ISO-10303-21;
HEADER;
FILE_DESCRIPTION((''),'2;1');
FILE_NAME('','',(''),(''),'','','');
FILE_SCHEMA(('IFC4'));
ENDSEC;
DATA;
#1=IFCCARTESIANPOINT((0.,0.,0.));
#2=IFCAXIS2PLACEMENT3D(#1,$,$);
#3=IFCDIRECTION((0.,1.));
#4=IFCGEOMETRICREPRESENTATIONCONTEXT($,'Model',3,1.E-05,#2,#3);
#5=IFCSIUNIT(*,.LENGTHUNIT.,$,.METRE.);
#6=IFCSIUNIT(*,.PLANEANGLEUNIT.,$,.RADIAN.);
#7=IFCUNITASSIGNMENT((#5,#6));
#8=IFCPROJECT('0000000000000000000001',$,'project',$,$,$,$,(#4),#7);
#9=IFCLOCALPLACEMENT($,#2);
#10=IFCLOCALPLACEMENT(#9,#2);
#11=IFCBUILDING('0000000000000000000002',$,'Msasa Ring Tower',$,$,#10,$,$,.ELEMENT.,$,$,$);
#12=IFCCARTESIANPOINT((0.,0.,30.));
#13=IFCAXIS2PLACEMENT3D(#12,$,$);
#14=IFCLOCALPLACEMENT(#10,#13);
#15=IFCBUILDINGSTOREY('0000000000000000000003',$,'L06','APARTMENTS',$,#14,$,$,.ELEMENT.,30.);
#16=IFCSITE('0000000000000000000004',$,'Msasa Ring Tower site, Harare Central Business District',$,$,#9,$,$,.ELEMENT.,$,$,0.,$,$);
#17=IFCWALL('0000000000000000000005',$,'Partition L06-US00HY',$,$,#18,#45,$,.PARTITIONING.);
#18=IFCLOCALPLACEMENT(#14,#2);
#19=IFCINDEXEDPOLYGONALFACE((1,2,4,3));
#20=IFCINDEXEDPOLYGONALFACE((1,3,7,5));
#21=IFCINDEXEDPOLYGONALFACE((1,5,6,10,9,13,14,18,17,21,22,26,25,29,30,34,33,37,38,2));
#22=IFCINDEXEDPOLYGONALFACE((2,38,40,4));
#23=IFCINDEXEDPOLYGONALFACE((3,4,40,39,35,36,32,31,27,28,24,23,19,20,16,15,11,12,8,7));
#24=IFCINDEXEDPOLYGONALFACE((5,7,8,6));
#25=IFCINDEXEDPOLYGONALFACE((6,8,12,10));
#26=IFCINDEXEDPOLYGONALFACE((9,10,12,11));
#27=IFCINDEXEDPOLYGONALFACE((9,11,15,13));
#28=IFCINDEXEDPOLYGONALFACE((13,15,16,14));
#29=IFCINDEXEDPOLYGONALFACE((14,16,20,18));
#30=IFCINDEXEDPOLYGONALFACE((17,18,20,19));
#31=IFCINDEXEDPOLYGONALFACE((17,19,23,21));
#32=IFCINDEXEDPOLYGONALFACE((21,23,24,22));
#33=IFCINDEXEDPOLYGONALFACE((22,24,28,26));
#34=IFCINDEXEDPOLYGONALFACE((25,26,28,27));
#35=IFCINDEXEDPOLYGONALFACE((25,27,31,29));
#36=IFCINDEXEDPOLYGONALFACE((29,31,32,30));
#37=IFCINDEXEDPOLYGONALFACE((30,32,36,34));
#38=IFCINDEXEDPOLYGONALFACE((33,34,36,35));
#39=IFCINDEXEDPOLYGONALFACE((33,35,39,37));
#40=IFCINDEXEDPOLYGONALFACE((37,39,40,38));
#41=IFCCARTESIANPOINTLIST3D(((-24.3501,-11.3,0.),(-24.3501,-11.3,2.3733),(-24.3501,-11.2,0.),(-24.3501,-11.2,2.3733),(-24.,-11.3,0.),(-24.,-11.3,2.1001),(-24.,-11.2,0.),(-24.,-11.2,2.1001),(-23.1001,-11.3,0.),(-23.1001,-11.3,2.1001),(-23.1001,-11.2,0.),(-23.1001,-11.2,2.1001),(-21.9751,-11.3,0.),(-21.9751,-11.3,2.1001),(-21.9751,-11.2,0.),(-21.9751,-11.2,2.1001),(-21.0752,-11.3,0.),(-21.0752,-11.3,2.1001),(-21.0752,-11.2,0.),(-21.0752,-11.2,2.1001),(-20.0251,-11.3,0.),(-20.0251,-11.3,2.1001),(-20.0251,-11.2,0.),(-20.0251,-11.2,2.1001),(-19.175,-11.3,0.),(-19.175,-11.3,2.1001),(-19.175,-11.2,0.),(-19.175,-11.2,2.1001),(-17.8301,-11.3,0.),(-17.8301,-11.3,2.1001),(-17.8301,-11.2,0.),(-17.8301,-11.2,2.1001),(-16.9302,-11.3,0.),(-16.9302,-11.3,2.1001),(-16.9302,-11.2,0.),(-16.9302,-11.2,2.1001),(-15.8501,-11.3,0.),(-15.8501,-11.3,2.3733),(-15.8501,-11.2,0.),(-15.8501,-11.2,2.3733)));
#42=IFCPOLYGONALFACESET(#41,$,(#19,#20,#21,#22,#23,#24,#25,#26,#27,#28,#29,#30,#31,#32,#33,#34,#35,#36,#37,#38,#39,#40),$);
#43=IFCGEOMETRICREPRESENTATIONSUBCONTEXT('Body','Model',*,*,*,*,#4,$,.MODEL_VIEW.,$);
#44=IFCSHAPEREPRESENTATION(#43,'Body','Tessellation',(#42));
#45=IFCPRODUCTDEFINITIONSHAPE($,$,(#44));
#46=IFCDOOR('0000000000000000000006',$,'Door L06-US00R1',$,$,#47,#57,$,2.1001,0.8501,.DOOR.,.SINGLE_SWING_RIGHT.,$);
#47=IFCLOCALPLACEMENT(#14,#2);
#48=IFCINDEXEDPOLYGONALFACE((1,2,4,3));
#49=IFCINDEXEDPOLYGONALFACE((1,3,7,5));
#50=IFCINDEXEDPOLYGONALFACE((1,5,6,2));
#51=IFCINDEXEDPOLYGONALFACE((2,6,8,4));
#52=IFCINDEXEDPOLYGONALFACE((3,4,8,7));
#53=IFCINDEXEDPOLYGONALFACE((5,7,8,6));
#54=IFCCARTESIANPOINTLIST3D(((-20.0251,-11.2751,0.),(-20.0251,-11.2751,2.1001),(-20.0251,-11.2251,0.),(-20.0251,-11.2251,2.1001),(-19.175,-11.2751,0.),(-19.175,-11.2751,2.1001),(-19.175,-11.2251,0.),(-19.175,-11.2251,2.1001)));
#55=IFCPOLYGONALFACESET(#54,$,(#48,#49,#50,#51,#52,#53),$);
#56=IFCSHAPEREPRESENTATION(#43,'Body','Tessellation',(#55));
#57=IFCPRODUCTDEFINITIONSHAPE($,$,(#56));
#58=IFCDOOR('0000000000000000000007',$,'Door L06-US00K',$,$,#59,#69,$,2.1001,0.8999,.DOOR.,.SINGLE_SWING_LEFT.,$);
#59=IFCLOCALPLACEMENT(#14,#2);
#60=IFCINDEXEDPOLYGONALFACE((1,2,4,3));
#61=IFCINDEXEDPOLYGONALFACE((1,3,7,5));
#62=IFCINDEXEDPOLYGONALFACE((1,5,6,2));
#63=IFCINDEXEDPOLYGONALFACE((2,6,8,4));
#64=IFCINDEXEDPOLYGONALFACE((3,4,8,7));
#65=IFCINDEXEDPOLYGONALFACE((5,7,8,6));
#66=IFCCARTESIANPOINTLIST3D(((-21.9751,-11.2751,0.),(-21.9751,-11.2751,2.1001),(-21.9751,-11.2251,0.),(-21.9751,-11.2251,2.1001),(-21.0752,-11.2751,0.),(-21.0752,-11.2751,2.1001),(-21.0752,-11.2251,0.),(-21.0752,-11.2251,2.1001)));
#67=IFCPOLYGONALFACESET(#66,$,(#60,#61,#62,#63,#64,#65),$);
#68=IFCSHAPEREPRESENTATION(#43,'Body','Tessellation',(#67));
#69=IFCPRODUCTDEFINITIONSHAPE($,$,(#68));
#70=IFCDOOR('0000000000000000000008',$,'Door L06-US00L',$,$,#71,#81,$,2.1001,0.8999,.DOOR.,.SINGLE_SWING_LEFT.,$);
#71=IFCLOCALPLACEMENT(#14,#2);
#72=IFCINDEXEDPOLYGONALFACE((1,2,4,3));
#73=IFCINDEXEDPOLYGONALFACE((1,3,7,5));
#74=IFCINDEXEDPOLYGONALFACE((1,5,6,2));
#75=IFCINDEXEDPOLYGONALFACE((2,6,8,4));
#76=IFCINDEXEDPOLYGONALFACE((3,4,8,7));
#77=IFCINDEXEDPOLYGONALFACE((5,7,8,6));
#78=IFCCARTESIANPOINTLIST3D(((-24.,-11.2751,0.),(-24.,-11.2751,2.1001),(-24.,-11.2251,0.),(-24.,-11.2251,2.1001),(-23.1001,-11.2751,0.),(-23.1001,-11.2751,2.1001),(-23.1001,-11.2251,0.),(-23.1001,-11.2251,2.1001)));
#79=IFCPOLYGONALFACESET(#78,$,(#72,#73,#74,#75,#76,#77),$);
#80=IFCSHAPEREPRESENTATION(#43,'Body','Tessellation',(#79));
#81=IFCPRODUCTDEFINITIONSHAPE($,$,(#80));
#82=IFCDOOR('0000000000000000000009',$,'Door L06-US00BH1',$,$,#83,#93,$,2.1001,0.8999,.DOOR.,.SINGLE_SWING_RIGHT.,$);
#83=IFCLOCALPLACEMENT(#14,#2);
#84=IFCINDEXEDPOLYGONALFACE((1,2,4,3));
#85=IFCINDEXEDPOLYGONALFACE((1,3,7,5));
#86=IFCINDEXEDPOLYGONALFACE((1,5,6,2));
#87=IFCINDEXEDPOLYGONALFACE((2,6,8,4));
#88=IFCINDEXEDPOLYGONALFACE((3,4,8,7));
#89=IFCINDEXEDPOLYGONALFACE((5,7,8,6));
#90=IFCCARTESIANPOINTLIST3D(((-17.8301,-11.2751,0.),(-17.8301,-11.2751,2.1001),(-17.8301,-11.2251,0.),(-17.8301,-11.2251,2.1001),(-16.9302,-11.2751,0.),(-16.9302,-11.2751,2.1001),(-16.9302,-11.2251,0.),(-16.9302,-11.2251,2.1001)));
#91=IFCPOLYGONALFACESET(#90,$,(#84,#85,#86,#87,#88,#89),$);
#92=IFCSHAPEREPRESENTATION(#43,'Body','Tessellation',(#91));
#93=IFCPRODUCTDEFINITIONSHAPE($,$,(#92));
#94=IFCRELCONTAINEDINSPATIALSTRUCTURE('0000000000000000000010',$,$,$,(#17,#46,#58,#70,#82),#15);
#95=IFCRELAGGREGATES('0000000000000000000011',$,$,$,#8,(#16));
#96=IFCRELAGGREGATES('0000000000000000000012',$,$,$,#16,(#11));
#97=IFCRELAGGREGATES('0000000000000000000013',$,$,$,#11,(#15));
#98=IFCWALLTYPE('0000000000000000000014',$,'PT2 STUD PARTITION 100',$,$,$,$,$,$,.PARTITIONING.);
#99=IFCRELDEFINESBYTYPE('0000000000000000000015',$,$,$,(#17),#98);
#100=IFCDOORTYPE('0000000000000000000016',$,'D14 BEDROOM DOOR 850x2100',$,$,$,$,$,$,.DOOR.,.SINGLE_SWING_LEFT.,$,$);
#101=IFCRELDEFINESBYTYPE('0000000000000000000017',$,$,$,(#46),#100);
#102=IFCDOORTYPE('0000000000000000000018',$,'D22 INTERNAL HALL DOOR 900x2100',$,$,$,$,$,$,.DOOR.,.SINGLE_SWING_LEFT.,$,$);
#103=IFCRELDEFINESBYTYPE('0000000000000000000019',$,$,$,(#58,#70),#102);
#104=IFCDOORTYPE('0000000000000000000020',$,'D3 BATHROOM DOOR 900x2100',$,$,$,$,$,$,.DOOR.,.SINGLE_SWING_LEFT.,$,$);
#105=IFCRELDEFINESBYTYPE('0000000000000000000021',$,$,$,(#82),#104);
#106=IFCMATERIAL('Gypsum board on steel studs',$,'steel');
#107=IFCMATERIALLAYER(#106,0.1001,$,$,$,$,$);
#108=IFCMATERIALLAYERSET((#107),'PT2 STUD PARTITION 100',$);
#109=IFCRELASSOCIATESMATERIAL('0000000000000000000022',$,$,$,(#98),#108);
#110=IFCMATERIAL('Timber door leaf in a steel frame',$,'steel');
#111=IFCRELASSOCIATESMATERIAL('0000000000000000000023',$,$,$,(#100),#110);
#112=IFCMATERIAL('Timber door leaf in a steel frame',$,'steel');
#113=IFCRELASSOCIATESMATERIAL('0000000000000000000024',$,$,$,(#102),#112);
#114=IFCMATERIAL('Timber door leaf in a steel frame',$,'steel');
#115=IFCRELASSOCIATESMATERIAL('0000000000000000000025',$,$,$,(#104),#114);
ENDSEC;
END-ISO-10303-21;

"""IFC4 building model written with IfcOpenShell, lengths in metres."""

from ifc_helpers import new_model, si_unit, direction, frame, frame_2d, origin, place, context, subcontext, project, spatial, rectangle, extrude, material, layer, layer_set, type_object, element, fill, save


model = new_model("IFC4")

# Units and contexts
model_context = context("Model", 3, precision=1e-05, world=origin(), true_north=direction((0.0, 1.0)))
body_context = subcontext(model_context, "Body", "Model", "MODEL_VIEW")
ifc_project = project(units=[si_unit("LENGTHUNIT", "METRE"), si_unit("PLANEANGLEUNIT", "RADIAN")], contexts=[model_context])

# Site, building, storey
site_placement = place(None, origin())
site = spatial("IfcSite", under=ifc_project, at=site_placement, Name="Msasa Ring Tower site, Harare Central Business District", CompositionType="ELEMENT", RefElevation=0.0)
building_placement = place(site_placement, origin())
building = spatial("IfcBuilding", under=site, at=building_placement, Name="Msasa Ring Tower", CompositionType="ELEMENT")
storey_placement = place(building_placement, frame((0.0, 0.0, 30.0)))
storey = spatial("IfcBuildingStorey", under=building, at=storey_placement, Name="L06", Description="APARTMENTS", CompositionType="ELEMENT", Elevation=30.0)

# Wall, openings, doors
ifc_material_1 = material(Name="Gypsum board on steel studs", Category="steel")
ifc_layer_1 = layer(ifc_material_1, 0.1001)
ifc_layer_set_1 = layer_set([ifc_layer_1], Name="PT2 STUD PARTITION 100")
wall_type_1 = type_object("IfcWallType", Name="PT2 STUD PARTITION 100", PredefinedType="PARTITIONING", material=ifc_layer_set_1)
wall_1_placement = place(storey_placement, frame((-24.3501, -11.25, 0.0), z_axis=(0.0, 0.0, 1.0), x_axis=(1.0, 0.0, 0.0)))
wall_1 = element("IfcWall", 1, at=wall_1_placement, inside=storey, type_object=wall_type_1, Name="Partition L06-US00HY", PredefinedType="PARTITIONING", context=body_context, shape_type="SweptSolid", body=[
    extrude(rectangle(XDim=8.5, YDim=0.1001, at=frame_2d((4.25, 0.0))), origin(), (0.0, 0.0, 1.0), 2.3733),
])
opening_1_placement = place(wall_1_placement, frame((2.375, 0.0, 0.0)))
opening_1 = element("IfcOpeningElement", 2, at=opening_1_placement, cuts=wall_1, PredefinedType="OPENING", context=body_context, shape_type="SweptSolid", body=[
    extrude(rectangle(XDim=0.8999, YDim=2.1001, at=frame_2d((0.45, 1.05))), frame((0.0, 0.0601, 0.0), z_axis=(0.0, -1.0, 0.0), x_axis=(1.0, 0.0, 0.0)), (0.0, 0.0, 1.0), 0.1201),
])
opening_2_placement = place(wall_1_placement, frame((0.3501, 0.0, 0.0)))
opening_2 = element("IfcOpeningElement", 3, at=opening_2_placement, cuts=wall_1, PredefinedType="OPENING", context=body_context, shape_type="SweptSolid", body=[
    extrude(rectangle(XDim=0.8999, YDim=2.1001, at=frame_2d((0.45, 1.05))), frame((0.0, 0.0601, 0.0), z_axis=(0.0, -1.0, 0.0), x_axis=(1.0, 0.0, 0.0)), (0.0, 0.0, 1.0), 0.1201),
])
opening_3_placement = place(wall_1_placement, frame((4.325, 0.0, 0.0)))
opening_3 = element("IfcOpeningElement", 4, at=opening_3_placement, cuts=wall_1, PredefinedType="OPENING", context=body_context, shape_type="SweptSolid", body=[
    extrude(rectangle(XDim=0.8501, YDim=2.1001, at=frame_2d((0.425, 1.05))), frame((0.0, 0.0601, 0.0), z_axis=(0.0, -1.0, 0.0), x_axis=(1.0, 0.0, 0.0)), (0.0, 0.0, 1.0), 0.1201),
])
opening_4_placement = place(wall_1_placement, frame((6.52, 0.0, 0.0)))
opening_4 = element("IfcOpeningElement", 5, at=opening_4_placement, cuts=wall_1, PredefinedType="OPENING", context=body_context, shape_type="SweptSolid", body=[
    extrude(rectangle(XDim=0.8999, YDim=2.1001, at=frame_2d((0.45, 1.05))), frame((0.0, 0.0601, 0.0), z_axis=(0.0, -1.0, 0.0), x_axis=(1.0, 0.0, 0.0)), (0.0, 0.0, 1.0), 0.1201),
])
ifc_material_2 = material(Name="Timber door leaf in a steel frame", Category="steel")
door_type_1 = type_object("IfcDoorType", Name="D14 BEDROOM DOOR 850x2100", OperationType="SINGLE_SWING_LEFT", PredefinedType="DOOR", material=ifc_material_2)
door_1_placement = place(opening_3_placement, origin())
door_1 = element("IfcDoor", 6, at=door_1_placement, inside=storey, type_object=door_type_1, Name="Door L06-US00R1", OperationType="SINGLE_SWING_RIGHT", OverallHeight=2.1001, OverallWidth=0.8501, PredefinedType="DOOR", context=body_context, shape_type="SweptSolid", body=[
    extrude(rectangle(XDim=0.8501, YDim=2.1001, at=frame_2d((0.425, 1.05))), frame((0.0, 0.0249, 0.0), z_axis=(0.0, -1.0, 0.0), x_axis=(1.0, 0.0, 0.0)), (0.0, 0.0, 1.0), 0.05),
])
fill(opening_3, door_1)
ifc_material_3 = material(Name="Timber door leaf in a steel frame", Category="steel")
door_type_2 = type_object("IfcDoorType", Name="D22 INTERNAL HALL DOOR 900x2100", OperationType="SINGLE_SWING_LEFT", PredefinedType="DOOR", material=ifc_material_3)
door_2_placement = place(opening_1_placement, origin())
door_2 = element("IfcDoor", 7, at=door_2_placement, inside=storey, type_object=door_type_2, Name="Door L06-US00K", OperationType="SINGLE_SWING_LEFT", OverallHeight=2.1001, OverallWidth=0.8999, PredefinedType="DOOR", context=body_context, shape_type="SweptSolid", body=[
    extrude(rectangle(XDim=0.8999, YDim=2.1001, at=frame_2d((0.45, 1.05))), frame((0.0, 0.0249, 0.0), z_axis=(0.0, -1.0, 0.0), x_axis=(1.0, 0.0, 0.0)), (0.0, 0.0, 1.0), 0.05),
])
fill(opening_1, door_2)
door_3_placement = place(opening_2_placement, origin())
door_3 = element("IfcDoor", 8, at=door_3_placement, inside=storey, type_object=door_type_2, Name="Door L06-US00L", OperationType="SINGLE_SWING_LEFT", OverallHeight=2.1001, OverallWidth=0.8999, PredefinedType="DOOR", context=body_context, shape_type="SweptSolid", body=[
    extrude(rectangle(XDim=0.8999, YDim=2.1001, at=frame_2d((0.45, 1.05))), frame((0.0, 0.0249, 0.0), z_axis=(0.0, -1.0, 0.0), x_axis=(1.0, 0.0, 0.0)), (0.0, 0.0, 1.0), 0.05),
])
fill(opening_2, door_3)
ifc_material_4 = material(Name="Timber door leaf in a steel frame", Category="steel")
door_type_3 = type_object("IfcDoorType", Name="D3 BATHROOM DOOR 900x2100", OperationType="SINGLE_SWING_LEFT", PredefinedType="DOOR", material=ifc_material_4)
door_4_placement = place(opening_4_placement, origin())
door_4 = element("IfcDoor", 9, at=door_4_placement, inside=storey, type_object=door_type_3, Name="Door L06-US00BH1", OperationType="SINGLE_SWING_RIGHT", OverallHeight=2.1001, OverallWidth=0.8999, PredefinedType="DOOR", context=body_context, shape_type="SweptSolid", body=[
    extrude(rectangle(XDim=0.8999, YDim=2.1001, at=frame_2d((0.45, 1.05))), frame((0.0, 0.0249, 0.0), z_axis=(0.0, -1.0, 0.0), x_axis=(1.0, 0.0, 0.0)), (0.0, 0.0, 1.0), 0.05),
])
fill(opening_4, door_4)

save(model, "model.ifc")
